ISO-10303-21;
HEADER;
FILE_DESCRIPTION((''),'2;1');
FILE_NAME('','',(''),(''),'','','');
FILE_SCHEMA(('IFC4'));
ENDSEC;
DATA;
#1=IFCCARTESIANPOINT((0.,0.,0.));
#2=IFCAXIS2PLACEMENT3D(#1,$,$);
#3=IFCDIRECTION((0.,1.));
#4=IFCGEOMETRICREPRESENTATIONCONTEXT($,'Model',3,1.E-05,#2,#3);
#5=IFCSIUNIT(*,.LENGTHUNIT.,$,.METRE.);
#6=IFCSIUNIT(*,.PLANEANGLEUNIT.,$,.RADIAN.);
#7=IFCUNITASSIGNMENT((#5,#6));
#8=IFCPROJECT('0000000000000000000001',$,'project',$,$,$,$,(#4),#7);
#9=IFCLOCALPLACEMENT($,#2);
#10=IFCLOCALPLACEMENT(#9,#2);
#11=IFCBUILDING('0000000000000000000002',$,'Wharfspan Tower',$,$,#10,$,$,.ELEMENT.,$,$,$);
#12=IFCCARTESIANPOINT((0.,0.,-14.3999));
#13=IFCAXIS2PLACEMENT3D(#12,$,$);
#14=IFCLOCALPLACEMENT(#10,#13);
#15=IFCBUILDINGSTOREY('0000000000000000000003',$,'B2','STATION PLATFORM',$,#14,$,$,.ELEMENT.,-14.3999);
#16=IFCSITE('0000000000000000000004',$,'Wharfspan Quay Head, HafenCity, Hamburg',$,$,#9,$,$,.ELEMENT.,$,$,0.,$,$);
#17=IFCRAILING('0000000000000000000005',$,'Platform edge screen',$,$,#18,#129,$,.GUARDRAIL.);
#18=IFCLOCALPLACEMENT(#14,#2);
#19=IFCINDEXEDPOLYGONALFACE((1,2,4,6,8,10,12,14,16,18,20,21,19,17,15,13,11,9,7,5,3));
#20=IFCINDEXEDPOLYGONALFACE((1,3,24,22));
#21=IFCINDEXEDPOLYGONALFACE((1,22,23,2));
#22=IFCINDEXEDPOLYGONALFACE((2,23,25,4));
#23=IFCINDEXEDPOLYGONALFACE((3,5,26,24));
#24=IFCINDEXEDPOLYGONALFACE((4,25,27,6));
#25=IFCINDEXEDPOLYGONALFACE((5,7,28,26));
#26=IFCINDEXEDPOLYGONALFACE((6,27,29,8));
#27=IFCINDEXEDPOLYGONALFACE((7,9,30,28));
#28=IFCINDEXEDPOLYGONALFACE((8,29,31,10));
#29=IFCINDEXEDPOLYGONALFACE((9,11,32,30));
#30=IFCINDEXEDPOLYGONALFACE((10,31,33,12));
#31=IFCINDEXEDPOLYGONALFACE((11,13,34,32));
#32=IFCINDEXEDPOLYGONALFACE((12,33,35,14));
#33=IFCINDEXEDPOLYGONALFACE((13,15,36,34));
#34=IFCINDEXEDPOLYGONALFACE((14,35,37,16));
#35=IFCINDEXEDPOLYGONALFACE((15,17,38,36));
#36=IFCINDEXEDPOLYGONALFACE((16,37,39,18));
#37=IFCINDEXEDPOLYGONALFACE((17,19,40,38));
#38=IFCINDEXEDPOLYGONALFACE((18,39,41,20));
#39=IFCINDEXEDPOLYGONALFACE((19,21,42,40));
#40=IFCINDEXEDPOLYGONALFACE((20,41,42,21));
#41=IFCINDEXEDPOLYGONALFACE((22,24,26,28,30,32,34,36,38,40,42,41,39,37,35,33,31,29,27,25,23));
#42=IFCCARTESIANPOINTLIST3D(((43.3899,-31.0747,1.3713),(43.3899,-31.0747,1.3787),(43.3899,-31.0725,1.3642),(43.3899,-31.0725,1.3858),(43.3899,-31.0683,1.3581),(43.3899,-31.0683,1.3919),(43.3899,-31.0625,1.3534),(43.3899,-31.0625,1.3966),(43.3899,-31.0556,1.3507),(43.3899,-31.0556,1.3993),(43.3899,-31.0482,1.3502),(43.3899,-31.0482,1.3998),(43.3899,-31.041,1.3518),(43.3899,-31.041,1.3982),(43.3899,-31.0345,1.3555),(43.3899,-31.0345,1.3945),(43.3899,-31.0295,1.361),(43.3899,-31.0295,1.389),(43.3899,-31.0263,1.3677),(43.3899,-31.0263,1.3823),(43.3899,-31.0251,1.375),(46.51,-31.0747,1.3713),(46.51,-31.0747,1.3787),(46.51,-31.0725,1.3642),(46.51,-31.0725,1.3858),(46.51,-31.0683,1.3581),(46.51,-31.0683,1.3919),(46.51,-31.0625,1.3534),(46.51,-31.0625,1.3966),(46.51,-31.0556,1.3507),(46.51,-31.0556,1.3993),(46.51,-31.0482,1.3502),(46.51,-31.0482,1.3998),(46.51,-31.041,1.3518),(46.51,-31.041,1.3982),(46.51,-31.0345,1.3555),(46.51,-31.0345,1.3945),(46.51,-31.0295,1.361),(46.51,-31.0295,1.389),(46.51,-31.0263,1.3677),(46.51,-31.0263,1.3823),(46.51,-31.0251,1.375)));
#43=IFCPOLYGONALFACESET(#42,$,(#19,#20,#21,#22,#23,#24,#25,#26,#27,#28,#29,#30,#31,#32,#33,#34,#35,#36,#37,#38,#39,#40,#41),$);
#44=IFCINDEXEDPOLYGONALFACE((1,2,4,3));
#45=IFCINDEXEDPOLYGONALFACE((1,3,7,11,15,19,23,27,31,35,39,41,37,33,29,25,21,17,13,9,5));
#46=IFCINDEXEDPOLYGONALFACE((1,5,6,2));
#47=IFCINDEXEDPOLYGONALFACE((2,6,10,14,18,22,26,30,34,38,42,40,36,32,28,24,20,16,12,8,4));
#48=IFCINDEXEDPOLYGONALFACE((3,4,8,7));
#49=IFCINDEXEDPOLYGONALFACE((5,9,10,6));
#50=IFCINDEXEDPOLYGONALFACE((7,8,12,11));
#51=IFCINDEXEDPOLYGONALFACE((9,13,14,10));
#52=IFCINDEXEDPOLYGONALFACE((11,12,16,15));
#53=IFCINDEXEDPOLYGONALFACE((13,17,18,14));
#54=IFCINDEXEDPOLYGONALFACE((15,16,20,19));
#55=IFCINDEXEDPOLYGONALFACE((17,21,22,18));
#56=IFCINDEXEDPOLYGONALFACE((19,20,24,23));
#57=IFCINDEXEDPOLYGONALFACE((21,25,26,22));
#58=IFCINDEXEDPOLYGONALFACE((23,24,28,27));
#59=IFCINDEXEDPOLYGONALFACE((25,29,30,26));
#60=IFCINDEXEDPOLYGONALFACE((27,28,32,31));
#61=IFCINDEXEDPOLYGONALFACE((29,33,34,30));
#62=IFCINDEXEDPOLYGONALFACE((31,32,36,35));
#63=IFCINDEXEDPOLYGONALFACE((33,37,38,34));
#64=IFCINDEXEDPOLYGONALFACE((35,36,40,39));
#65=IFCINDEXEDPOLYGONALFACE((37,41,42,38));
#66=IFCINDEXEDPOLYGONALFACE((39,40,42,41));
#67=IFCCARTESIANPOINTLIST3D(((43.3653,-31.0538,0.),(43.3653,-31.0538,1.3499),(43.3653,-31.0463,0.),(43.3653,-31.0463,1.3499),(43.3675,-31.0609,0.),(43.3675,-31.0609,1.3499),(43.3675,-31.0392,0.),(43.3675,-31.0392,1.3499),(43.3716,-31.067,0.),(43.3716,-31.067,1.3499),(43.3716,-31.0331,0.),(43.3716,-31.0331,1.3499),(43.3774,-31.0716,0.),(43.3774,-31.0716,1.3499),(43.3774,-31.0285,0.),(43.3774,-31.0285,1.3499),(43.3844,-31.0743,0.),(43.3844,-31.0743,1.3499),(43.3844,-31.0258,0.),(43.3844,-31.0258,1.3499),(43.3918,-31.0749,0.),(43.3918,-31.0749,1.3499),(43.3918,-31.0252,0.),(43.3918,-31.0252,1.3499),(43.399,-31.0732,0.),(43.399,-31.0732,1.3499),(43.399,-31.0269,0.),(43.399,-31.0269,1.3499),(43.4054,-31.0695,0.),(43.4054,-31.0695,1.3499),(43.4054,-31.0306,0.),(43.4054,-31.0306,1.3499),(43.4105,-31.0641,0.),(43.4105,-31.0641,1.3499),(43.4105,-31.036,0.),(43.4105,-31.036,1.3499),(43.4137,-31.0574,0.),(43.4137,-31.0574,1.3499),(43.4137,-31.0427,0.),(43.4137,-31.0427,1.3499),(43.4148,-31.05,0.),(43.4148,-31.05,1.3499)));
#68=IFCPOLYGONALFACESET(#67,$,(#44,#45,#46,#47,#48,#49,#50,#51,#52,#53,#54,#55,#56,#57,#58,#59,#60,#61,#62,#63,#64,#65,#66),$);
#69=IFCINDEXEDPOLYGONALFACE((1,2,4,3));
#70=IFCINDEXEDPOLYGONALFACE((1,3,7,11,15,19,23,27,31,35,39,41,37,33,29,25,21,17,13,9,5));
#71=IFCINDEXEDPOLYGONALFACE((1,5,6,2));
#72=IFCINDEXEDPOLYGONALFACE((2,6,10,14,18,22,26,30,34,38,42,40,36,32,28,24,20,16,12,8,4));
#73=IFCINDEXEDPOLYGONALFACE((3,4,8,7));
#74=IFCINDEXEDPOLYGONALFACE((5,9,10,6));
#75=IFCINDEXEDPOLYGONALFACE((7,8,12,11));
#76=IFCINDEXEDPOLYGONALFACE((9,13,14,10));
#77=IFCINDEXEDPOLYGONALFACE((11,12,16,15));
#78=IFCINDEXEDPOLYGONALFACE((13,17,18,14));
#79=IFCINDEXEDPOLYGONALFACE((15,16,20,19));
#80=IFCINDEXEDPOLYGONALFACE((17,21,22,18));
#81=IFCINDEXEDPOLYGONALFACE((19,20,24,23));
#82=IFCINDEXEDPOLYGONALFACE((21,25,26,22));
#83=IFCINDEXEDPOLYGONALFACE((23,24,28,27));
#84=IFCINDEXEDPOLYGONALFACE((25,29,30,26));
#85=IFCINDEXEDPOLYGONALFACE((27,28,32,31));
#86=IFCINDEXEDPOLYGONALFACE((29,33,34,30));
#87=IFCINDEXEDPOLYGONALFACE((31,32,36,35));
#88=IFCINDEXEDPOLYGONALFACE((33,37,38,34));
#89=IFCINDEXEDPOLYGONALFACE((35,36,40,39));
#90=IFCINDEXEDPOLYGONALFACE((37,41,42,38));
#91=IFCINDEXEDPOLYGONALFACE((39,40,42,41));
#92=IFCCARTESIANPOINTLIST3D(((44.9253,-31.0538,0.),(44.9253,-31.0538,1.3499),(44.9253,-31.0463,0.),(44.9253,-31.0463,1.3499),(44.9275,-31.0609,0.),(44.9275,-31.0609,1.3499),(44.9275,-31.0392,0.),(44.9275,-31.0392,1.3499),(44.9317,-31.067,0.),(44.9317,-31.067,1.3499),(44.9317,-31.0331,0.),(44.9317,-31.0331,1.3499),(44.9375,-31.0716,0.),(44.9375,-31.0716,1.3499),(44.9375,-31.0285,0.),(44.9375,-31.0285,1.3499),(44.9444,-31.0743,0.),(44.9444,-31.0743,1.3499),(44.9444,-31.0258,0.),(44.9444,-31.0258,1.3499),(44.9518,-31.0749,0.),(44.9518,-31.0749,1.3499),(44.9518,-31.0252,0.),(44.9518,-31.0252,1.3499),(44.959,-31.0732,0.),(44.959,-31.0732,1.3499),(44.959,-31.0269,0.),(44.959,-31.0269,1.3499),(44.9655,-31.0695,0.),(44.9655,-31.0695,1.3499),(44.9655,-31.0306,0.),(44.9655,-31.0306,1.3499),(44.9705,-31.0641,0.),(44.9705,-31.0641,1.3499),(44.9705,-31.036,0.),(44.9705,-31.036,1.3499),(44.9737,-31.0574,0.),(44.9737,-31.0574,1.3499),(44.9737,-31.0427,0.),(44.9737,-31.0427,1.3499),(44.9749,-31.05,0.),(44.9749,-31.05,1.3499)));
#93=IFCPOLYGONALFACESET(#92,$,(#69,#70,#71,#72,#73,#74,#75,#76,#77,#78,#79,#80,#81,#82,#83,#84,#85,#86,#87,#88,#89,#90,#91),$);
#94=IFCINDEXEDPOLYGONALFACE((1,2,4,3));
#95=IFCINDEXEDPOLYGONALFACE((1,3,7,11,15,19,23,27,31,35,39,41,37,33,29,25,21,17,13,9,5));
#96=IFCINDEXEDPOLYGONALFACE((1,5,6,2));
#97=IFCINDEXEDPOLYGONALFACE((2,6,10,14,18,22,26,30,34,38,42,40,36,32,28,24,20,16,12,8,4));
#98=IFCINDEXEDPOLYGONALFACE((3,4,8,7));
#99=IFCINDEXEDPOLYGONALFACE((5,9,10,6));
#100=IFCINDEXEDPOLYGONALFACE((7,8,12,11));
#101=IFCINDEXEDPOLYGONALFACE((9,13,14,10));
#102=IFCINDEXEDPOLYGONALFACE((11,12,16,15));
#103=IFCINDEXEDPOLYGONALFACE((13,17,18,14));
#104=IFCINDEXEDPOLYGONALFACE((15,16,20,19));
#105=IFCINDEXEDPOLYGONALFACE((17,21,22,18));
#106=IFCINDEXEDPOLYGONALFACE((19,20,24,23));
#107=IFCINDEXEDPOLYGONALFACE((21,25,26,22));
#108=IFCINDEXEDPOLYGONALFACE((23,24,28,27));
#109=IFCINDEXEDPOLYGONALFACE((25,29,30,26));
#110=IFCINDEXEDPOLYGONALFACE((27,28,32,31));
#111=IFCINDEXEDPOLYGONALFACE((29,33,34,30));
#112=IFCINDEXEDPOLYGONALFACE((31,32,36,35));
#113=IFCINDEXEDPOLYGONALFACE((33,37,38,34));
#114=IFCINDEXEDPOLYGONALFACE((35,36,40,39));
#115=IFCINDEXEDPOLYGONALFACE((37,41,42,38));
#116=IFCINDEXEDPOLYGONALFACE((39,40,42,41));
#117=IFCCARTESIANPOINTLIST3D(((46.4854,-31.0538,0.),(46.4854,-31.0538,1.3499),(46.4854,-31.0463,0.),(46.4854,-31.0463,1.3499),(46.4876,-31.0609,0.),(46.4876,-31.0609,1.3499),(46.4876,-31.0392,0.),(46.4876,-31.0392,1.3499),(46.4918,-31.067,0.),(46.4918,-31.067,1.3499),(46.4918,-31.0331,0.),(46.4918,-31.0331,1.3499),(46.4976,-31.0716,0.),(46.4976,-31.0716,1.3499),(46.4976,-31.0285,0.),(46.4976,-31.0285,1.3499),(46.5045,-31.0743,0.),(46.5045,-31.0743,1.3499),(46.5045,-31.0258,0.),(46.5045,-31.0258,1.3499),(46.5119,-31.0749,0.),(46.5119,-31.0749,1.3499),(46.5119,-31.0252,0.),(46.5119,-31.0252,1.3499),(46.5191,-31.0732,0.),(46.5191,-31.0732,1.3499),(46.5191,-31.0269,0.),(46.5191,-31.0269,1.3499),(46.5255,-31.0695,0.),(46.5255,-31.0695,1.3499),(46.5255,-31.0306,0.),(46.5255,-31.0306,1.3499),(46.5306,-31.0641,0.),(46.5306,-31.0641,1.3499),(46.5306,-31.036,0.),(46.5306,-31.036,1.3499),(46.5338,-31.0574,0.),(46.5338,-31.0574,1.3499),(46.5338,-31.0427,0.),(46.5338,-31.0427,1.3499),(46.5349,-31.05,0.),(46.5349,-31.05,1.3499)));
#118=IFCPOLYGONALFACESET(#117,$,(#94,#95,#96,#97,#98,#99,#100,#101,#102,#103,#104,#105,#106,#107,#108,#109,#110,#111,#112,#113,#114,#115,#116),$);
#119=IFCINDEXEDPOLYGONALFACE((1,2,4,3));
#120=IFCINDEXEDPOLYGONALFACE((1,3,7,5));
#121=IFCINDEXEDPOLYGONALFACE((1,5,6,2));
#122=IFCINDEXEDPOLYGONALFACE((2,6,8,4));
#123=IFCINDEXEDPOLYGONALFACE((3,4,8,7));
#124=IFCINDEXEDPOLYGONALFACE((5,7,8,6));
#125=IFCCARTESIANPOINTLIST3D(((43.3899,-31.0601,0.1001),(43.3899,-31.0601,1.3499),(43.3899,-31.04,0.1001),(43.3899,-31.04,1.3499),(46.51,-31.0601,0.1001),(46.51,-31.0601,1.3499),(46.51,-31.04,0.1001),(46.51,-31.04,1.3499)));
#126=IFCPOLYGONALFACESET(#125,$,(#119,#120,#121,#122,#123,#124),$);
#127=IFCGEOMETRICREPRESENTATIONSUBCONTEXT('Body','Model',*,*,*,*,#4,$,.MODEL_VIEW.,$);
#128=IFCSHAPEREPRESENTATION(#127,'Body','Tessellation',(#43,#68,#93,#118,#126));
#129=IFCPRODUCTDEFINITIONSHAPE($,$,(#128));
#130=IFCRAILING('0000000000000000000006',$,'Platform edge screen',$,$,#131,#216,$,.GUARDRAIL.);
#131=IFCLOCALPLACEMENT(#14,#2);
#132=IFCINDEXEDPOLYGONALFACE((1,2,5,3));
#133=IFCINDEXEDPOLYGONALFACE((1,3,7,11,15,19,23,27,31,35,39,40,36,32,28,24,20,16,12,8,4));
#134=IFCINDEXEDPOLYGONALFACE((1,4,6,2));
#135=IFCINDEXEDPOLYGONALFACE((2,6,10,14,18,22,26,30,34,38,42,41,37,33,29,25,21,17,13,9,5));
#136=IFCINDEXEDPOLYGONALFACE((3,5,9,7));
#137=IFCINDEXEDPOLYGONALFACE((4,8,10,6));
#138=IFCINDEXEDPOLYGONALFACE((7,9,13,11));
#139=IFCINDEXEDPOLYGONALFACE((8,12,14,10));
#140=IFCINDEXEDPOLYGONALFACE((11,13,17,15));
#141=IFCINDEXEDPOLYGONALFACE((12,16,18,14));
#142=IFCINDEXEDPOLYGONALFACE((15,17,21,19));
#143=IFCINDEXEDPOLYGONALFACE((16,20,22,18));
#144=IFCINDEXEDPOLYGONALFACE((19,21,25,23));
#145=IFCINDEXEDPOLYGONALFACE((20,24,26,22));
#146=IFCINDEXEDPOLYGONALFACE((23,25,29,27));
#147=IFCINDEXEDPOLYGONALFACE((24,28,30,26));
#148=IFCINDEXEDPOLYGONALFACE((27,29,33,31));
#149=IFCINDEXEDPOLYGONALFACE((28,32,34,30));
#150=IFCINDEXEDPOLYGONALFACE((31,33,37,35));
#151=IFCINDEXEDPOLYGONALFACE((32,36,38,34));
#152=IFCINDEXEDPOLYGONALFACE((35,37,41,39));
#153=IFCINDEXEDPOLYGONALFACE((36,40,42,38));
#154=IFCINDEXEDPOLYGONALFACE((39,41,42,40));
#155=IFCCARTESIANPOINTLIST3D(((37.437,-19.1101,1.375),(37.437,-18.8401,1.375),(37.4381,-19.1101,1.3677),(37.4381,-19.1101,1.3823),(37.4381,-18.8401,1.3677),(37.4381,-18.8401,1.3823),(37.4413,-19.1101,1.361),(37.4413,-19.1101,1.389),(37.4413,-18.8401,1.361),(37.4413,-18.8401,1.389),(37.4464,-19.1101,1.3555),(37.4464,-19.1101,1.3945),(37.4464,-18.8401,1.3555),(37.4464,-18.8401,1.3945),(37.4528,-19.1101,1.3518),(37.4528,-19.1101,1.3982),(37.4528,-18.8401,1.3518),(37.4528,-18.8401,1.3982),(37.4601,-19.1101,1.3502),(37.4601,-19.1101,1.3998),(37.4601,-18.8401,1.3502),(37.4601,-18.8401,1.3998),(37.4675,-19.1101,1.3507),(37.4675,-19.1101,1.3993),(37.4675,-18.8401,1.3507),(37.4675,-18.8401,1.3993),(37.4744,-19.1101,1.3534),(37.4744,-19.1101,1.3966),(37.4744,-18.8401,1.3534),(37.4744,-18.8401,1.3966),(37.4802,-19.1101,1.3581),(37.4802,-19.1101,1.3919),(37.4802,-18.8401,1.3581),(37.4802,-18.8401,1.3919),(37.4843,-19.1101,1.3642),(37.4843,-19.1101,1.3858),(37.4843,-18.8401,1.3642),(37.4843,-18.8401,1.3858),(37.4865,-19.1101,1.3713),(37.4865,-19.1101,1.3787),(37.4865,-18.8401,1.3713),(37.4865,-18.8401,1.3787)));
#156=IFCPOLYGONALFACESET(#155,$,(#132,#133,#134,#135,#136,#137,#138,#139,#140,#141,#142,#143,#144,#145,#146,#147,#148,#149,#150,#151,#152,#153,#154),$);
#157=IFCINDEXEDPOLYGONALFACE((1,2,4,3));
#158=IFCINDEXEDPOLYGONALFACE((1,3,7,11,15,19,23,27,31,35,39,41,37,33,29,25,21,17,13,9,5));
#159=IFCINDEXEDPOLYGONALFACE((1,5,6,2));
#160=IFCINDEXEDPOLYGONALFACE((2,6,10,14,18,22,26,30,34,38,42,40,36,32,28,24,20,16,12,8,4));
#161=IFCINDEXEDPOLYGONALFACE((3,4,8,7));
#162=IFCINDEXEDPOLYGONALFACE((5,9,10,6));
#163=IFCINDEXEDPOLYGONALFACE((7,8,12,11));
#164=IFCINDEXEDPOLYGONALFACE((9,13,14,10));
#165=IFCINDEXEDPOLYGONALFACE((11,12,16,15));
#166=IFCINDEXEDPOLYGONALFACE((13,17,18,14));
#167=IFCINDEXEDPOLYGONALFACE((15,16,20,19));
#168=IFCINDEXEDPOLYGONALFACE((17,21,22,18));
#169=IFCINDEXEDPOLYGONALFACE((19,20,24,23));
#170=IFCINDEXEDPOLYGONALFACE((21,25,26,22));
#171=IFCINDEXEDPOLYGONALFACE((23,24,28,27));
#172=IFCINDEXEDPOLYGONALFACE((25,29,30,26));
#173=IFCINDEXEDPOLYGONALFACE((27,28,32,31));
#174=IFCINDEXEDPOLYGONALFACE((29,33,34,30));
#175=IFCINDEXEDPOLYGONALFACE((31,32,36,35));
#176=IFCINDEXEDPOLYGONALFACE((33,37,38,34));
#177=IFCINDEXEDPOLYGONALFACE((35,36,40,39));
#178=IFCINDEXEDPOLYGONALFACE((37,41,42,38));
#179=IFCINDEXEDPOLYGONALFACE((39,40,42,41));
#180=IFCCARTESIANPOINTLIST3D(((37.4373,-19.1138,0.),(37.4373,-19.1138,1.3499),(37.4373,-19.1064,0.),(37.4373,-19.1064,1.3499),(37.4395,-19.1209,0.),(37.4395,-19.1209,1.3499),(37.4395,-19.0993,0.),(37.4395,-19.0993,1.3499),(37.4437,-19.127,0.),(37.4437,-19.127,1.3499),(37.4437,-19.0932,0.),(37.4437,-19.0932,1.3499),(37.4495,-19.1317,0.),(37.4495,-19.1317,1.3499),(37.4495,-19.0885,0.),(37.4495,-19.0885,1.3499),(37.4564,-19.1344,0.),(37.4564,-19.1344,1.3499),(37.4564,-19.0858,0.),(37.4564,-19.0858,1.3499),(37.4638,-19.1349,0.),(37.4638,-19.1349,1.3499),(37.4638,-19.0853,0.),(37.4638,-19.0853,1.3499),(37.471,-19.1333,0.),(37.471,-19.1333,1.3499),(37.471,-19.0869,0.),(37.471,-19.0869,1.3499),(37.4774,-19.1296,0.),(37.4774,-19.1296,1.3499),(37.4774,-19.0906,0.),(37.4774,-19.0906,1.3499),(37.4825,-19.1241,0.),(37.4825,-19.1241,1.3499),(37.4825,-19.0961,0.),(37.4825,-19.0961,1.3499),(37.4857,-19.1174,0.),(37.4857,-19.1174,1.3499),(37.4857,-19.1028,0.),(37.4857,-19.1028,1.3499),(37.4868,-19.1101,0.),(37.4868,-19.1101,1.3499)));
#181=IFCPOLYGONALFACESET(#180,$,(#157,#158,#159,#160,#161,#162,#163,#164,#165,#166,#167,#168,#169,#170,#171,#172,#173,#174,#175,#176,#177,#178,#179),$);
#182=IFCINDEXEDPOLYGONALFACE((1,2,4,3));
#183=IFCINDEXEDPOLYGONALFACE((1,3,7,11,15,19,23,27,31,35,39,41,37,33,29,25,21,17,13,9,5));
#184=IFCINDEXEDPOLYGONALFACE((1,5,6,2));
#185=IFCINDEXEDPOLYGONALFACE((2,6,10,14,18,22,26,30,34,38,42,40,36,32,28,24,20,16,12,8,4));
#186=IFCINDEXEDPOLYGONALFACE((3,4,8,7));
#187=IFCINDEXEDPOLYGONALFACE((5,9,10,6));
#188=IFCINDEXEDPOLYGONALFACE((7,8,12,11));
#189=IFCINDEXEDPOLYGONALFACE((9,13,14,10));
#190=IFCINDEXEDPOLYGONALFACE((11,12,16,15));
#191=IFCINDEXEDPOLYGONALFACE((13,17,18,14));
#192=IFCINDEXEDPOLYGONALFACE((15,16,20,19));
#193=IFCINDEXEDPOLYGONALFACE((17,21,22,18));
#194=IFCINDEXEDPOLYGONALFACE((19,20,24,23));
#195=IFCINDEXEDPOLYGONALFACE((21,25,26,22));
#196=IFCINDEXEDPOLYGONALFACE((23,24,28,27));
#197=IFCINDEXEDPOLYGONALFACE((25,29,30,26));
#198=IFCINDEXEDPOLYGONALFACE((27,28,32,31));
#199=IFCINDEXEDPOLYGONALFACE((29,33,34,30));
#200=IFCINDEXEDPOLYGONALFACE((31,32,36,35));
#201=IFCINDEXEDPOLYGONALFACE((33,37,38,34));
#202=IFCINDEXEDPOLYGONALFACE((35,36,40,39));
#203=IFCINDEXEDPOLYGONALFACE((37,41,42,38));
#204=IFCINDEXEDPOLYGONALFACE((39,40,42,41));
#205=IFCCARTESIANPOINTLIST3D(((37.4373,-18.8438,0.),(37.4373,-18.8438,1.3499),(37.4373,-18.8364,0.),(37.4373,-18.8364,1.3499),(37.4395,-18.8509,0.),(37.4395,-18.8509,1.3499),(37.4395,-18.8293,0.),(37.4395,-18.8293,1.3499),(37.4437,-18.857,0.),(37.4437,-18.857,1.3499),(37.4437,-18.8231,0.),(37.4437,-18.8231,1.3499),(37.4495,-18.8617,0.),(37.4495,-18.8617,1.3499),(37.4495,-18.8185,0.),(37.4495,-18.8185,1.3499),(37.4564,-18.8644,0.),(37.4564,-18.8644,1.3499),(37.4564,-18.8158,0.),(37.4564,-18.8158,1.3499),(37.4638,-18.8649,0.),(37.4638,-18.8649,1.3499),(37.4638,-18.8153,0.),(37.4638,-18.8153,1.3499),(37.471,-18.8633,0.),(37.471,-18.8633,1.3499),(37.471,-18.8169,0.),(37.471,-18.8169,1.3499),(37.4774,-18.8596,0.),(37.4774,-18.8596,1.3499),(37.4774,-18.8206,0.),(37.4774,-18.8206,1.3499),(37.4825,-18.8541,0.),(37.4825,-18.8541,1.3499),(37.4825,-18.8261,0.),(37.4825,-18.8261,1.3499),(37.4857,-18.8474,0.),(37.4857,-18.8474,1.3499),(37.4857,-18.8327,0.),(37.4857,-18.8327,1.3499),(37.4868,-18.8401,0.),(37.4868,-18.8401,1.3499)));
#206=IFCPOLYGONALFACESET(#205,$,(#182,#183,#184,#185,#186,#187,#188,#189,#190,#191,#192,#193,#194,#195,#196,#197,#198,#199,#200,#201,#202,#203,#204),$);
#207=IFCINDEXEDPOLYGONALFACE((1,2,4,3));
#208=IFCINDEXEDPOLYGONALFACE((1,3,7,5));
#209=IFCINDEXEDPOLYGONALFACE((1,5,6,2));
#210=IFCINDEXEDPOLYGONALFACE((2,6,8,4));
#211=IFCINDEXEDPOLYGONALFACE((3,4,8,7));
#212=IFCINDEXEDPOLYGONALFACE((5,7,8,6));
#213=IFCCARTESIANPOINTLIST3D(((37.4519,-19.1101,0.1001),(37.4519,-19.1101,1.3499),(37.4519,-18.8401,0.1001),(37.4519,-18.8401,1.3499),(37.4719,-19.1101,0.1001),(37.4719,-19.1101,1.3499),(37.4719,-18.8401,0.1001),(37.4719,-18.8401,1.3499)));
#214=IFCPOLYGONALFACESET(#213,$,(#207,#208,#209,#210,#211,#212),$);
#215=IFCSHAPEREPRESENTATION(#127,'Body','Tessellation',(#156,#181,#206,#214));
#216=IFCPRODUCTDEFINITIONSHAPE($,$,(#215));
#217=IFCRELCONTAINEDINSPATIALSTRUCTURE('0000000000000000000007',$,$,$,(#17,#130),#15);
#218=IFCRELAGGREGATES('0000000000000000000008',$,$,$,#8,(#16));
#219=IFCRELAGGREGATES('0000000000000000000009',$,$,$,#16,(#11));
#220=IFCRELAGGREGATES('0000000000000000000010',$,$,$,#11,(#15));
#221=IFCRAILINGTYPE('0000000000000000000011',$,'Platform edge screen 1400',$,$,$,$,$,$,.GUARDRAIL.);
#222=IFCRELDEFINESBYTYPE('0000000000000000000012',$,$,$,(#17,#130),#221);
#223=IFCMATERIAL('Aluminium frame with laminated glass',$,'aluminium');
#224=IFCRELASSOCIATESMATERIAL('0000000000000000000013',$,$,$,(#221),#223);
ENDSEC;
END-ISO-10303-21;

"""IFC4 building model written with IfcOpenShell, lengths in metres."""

from ifc_helpers import new_model, si_unit, direction, frame, origin, origin_2d, place, context, subcontext, project, spatial, rectangle, circle, extrude, material, type_object, element, save


model = new_model("IFC4")

# Units and contexts
model_context = context("Model", 3, precision=1e-05, world=origin(), true_north=direction((0.0, 1.0)))
body_context = subcontext(model_context, "Body", "Model", "MODEL_VIEW")
ifc_project = project(units=[si_unit("LENGTHUNIT", "METRE"), si_unit("PLANEANGLEUNIT", "RADIAN")], contexts=[model_context])

# Site, building, storey
site_placement = place(None, origin())
site = spatial("IfcSite", under=ifc_project, at=site_placement, Name="Wharfspan Quay Head, HafenCity, Hamburg", CompositionType="ELEMENT", RefElevation=0.0)
building_placement = place(site_placement, origin())
building = spatial("IfcBuilding", under=site, at=building_placement, Name="Wharfspan Tower", CompositionType="ELEMENT")
storey_placement = place(building_placement, frame((0.0, 0.0, -14.3999)))
storey = spatial("IfcBuildingStorey", under=building, at=storey_placement, Name="B2", Description="STATION PLATFORM", CompositionType="ELEMENT", Elevation=-14.3999)

# Railings
ifc_material_1 = material(Name="Aluminium frame with laminated glass", Category="aluminium")
railing_type_1 = type_object("IfcRailingType", Name="Platform edge screen 1400", PredefinedType="GUARDRAIL", material=ifc_material_1)
for number, where, name in (
    (1, (43.3899, -31.05, 0.0), "Platform edge screen"),
):
    element("IfcRailing", number, at=place(storey_placement, frame(where)), inside=storey, type_object=railing_type_1, Name=name, PredefinedType="GUARDRAIL", context=body_context, shape_type="SweptSolid", body=[
        extrude(circle(Radius=0.0249, at=origin_2d()), frame((0.0, 0.0, 1.375), z_axis=(1.0, 0.0, 0.0), x_axis=(0.0, 1.0, 0.0)), (0.0, 0.0, 1.0), 3.1201),
        extrude(circle(Radius=0.0249, at=origin_2d()), origin(), (0.0, 0.0, 1.0), 1.3499),
        extrude(circle(Radius=0.0249, at=origin_2d()), frame((1.5601, 0.0, 0.0)), (0.0, 0.0, 1.0), 1.3499),
        extrude(circle(Radius=0.0249, at=origin_2d()), frame((3.1201, 0.0, 0.0)), (0.0, 0.0, 1.0), 1.3499),
        extrude(rectangle(XDim=3.1201, YDim=0.02, at=origin_2d()), frame((1.5601, 0.0, 0.1001), z_axis=(0.0, 0.0, 1.0), x_axis=(1.0, 0.0, 0.0)), (0.0, 0.0, 1.0), 1.2498),
    ])
railing_1_placement = place(storey_placement, frame((37.4619, -19.1101, 0.0)))
element("IfcRailing", 2, at=railing_1_placement, inside=storey, type_object=railing_type_1, Name="Platform edge screen", PredefinedType="GUARDRAIL", context=body_context, shape_type="SweptSolid", body=[
    extrude(circle(Radius=0.0249, at=origin_2d()), frame((0.0, 0.0, 1.375), z_axis=(0.0, 1.0, 0.0), x_axis=(-1.0, 0.0, 0.0)), (0.0, 0.0, 1.0), 0.27),
    extrude(circle(Radius=0.0249, at=origin_2d()), origin(), (0.0, 0.0, 1.0), 1.3499),
    extrude(circle(Radius=0.0249, at=origin_2d()), frame((0.0, 0.27, 0.0)), (0.0, 0.0, 1.0), 1.3499),
    extrude(rectangle(XDim=0.27, YDim=0.02, at=origin_2d()), frame((0.0, 0.135, 0.1001), z_axis=(0.0, 0.0, 1.0), x_axis=(0.0, 1.0, 0.0)), (0.0, 0.0, 1.0), 1.2498),
])

save(model, "model.ifc")
